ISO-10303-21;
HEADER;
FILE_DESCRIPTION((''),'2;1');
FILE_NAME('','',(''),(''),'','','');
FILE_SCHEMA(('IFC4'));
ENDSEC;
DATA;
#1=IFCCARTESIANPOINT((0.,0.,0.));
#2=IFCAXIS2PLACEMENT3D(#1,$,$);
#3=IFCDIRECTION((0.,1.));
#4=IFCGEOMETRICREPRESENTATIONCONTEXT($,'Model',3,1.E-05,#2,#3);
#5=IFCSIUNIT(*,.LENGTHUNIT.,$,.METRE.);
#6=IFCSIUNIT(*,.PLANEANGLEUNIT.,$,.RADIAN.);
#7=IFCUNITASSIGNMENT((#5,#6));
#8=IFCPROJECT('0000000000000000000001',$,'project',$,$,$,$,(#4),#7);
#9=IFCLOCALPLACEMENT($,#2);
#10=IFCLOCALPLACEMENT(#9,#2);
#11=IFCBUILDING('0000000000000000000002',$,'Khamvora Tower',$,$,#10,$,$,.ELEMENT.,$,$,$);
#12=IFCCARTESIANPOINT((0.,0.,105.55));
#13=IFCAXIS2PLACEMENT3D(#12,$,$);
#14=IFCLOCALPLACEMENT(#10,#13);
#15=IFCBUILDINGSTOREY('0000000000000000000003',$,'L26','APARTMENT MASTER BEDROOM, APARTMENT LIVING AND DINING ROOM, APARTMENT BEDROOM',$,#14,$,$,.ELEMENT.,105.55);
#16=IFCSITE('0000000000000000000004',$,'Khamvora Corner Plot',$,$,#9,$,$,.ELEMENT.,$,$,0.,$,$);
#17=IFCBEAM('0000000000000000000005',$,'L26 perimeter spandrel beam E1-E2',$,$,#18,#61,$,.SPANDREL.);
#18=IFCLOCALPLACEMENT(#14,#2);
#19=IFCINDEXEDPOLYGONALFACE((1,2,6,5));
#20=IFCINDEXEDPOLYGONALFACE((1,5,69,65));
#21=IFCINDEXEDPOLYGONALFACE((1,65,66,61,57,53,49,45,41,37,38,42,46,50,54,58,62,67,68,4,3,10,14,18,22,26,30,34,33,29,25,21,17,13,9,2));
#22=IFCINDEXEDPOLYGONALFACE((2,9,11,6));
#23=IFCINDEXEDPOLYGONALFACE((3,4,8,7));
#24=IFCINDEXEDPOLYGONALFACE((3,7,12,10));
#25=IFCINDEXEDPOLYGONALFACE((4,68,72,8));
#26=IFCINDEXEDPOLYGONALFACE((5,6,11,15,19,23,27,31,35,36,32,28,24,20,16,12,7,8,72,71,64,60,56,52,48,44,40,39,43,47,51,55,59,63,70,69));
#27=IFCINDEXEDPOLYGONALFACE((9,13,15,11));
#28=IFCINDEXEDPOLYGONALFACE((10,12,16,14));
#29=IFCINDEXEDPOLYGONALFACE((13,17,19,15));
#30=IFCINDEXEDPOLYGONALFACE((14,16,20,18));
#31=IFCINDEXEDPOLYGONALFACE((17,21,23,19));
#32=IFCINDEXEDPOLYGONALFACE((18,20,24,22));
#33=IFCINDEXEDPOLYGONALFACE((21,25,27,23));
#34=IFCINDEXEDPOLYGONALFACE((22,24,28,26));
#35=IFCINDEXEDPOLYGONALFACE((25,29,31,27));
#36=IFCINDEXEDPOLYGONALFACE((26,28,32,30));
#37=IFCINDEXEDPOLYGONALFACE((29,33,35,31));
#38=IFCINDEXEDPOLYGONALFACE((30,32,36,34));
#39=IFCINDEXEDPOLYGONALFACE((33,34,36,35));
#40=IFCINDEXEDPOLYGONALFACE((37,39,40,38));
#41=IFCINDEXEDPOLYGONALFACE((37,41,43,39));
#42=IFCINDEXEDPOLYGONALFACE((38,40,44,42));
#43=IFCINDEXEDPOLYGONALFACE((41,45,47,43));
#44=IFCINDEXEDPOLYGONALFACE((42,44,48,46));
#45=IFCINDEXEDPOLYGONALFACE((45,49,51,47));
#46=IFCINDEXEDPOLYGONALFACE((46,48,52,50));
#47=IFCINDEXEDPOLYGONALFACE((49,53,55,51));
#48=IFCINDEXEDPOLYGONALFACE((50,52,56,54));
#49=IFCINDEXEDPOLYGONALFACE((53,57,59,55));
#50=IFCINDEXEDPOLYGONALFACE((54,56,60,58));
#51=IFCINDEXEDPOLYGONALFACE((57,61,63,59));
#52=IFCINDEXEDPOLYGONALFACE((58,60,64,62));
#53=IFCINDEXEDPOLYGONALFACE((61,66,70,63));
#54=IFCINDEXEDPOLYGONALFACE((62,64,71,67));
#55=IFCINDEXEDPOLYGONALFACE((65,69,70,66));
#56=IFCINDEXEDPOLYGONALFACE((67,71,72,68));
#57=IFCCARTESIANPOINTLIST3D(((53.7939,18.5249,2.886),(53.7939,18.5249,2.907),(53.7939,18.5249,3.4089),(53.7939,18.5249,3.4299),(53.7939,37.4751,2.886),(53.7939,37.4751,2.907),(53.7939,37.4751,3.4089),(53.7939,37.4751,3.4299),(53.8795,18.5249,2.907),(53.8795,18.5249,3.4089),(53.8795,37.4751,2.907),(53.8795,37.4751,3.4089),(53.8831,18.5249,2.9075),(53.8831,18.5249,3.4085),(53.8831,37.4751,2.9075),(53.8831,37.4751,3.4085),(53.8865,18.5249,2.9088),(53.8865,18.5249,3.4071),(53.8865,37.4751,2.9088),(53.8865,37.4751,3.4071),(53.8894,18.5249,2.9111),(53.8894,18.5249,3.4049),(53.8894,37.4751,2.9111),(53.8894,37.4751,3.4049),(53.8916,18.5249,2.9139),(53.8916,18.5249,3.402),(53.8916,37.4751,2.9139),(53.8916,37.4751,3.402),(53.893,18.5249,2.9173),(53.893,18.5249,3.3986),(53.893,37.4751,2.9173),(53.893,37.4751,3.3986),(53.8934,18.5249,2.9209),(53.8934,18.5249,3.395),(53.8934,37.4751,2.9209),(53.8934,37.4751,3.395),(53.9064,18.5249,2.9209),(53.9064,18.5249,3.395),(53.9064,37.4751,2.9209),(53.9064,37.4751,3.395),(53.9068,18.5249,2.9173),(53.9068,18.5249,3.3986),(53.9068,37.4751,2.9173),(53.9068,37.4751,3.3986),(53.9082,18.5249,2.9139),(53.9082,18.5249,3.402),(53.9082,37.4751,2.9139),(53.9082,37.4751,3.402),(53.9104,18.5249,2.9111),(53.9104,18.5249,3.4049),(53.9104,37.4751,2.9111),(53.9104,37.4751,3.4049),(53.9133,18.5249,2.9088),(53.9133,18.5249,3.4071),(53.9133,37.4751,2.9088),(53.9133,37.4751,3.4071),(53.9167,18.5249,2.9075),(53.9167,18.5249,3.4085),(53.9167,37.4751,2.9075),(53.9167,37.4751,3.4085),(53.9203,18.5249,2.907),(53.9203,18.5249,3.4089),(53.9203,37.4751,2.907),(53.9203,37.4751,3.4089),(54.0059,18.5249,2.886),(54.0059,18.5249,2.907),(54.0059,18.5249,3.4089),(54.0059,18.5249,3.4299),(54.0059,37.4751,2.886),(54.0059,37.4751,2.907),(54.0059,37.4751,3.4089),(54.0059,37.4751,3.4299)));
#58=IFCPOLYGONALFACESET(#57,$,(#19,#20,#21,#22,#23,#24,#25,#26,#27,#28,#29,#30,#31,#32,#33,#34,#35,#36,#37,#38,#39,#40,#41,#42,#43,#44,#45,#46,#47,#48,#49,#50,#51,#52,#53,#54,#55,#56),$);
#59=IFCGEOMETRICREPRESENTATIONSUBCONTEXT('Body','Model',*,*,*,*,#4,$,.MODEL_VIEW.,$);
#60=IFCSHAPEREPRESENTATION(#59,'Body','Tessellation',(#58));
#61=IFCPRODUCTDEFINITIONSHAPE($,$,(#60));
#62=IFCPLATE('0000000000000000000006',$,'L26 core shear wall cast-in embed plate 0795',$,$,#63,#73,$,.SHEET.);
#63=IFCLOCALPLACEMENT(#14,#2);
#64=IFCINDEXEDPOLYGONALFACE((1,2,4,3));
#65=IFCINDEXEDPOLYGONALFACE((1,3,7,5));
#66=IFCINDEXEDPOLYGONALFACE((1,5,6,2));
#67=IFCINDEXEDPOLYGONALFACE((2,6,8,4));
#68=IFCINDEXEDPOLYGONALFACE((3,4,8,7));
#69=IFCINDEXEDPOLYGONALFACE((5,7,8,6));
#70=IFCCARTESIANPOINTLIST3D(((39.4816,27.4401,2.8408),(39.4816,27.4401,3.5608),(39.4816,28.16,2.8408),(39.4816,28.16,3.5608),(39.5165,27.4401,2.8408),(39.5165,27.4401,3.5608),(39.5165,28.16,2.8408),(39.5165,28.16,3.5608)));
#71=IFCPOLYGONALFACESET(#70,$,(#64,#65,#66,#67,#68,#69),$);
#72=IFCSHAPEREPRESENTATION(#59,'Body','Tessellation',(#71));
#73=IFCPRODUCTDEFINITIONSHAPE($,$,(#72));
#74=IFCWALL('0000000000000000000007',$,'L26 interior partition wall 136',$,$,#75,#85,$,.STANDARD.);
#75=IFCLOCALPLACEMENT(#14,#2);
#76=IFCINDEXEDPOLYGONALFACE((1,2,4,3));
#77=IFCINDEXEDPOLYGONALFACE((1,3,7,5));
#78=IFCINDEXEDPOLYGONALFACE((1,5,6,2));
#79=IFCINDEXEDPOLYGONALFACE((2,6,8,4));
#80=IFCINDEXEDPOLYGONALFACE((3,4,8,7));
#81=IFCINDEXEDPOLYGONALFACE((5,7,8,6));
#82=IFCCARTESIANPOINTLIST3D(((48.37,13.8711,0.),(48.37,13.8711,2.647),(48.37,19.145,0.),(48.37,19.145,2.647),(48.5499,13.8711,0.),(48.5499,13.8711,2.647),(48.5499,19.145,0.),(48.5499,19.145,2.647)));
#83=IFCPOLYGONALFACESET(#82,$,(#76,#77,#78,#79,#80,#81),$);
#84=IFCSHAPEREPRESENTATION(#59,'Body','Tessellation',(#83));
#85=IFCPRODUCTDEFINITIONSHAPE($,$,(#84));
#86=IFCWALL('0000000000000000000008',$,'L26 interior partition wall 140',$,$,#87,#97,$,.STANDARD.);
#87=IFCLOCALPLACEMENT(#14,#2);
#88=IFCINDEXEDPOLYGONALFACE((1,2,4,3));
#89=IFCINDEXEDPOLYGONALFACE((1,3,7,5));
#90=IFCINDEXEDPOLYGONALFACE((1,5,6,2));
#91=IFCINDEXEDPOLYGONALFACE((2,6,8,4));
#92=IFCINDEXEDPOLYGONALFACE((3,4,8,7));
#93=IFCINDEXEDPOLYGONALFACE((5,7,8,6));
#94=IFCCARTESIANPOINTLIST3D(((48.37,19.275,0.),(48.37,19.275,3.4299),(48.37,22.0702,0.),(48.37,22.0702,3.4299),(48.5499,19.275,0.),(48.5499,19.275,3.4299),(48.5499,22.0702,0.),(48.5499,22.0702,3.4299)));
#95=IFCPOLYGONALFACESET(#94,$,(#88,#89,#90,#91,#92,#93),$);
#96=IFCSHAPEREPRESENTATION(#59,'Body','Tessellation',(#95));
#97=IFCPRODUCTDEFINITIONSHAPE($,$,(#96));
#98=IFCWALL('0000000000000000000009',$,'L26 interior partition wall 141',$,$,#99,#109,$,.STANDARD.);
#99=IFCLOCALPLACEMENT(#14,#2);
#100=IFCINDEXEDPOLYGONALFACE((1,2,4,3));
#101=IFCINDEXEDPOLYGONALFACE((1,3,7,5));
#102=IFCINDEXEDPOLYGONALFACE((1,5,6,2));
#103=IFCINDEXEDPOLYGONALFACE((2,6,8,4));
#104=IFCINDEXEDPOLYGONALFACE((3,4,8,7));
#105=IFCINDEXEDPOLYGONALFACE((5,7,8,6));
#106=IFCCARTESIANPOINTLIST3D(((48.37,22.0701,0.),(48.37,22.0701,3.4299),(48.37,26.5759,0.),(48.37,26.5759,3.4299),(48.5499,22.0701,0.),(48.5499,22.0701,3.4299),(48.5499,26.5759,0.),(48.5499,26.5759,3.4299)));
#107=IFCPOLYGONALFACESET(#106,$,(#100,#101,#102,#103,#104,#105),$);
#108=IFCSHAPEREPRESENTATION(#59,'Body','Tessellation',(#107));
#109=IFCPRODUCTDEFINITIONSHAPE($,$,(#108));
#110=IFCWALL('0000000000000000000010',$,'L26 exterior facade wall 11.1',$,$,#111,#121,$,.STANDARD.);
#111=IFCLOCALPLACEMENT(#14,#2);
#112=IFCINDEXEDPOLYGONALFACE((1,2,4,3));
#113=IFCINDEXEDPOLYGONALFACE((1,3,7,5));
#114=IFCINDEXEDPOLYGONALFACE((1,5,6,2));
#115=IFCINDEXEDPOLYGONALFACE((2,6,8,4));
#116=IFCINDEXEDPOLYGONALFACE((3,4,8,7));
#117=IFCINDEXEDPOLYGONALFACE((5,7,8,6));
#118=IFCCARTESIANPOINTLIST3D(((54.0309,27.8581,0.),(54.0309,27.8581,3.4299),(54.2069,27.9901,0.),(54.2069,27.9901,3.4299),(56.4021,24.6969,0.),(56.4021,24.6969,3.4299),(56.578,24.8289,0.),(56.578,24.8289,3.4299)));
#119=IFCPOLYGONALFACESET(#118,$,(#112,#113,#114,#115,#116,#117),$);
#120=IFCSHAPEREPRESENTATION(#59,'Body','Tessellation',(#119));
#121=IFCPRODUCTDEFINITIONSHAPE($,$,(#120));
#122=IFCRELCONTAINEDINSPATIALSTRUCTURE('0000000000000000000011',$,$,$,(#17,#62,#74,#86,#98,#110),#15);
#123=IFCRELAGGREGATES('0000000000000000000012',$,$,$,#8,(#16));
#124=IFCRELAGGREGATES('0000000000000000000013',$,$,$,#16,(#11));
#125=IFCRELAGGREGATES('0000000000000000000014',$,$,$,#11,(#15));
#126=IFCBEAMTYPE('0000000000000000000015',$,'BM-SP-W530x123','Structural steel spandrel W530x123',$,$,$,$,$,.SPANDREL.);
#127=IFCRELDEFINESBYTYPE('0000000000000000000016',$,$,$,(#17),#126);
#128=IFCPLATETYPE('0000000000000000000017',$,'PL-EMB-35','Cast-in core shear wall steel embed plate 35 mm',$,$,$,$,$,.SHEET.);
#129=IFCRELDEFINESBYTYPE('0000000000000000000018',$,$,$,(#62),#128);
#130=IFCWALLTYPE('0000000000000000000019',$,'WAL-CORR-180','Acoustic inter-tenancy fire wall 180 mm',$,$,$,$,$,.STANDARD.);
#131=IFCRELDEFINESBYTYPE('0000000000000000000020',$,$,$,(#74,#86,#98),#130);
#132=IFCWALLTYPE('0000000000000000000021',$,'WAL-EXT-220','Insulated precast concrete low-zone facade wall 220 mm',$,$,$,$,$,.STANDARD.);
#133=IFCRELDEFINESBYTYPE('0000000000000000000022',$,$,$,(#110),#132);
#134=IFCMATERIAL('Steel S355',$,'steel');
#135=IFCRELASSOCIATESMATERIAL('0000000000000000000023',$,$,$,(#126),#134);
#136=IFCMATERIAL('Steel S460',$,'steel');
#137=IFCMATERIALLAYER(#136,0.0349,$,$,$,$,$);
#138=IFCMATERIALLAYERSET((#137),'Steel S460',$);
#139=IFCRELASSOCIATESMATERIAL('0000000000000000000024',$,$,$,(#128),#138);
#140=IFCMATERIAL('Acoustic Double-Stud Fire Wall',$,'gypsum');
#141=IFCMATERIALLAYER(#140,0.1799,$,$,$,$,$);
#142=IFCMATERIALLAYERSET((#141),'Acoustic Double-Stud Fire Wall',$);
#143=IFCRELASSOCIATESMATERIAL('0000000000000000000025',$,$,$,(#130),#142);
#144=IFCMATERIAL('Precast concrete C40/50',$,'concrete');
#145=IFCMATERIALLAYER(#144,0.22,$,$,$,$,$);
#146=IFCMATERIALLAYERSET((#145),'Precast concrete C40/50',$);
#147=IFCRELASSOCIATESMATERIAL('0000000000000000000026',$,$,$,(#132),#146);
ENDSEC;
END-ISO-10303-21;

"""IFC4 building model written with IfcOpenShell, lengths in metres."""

from ifc_helpers import new_model, si_unit, direction, frame, frame_2d, origin, origin_2d, place, context, subcontext, project, spatial, rectangle, i_section, extrude, material, layer, layer_set, material_profile, profile_set, type_object, element, save


model = new_model("IFC4")

# Units and contexts
model_context = context("Model", 3, precision=1e-05, world=origin(), true_north=direction((0.0, 1.0)))
body_context = subcontext(model_context, "Body", "Model", "MODEL_VIEW")
ifc_project = project(units=[si_unit("LENGTHUNIT", "METRE"), si_unit("PLANEANGLEUNIT", "RADIAN")], contexts=[model_context])

# Site, building, storey
site_placement = place(None, origin())
site = spatial("IfcSite", under=ifc_project, at=site_placement, Name="Khamvora Corner Plot", CompositionType="ELEMENT", RefElevation=0.0)
building_placement = place(site_placement, origin())
building = spatial("IfcBuilding", under=site, at=building_placement, Name="Khamvora Tower", CompositionType="ELEMENT")
storey_placement = place(building_placement, frame((0.0, 0.0, 105.55)))
storey = spatial("IfcBuildingStorey", under=building, at=storey_placement, Name="L26", Description="APARTMENT MASTER BEDROOM, APARTMENT LIVING AND DINING ROOM, APARTMENT BEDROOM", CompositionType="ELEMENT", Elevation=105.55)

# Shared definitions
ifc_material_1 = material(Name="Steel S355", Category="steel")

# Beam
ifc_material_profile_1 = material_profile(ifc_material_1, i_section(OverallWidth=0.2119, OverallDepth=0.5439, WebThickness=0.0129, FlangeThickness=0.021, FilletRadius=0.0139, at=origin_2d()), Name="W530x123")
ifc_profile_set_1 = profile_set([ifc_material_profile_1], Name="Steel S355")
beam_type_1 = type_object("IfcBeamType", Name="BM-SP-W530x123", Description="Structural steel spandrel W530x123", PredefinedType="SPANDREL", material=ifc_profile_set_1)
beam_1_placement = place(storey_placement, frame((53.8999, 18.5249, 3.158), z_axis=(0.0, 1.0, 0.0), x_axis=(-1.0, 0.0, 0.0)))
element("IfcBeam", 1, at=beam_1_placement, inside=storey, type_object=beam_type_1, Name="L26 perimeter spandrel beam E1-E2", PredefinedType="SPANDREL", context=body_context, shape_type="SweptSolid", body=[
    extrude(i_section(OverallWidth=0.2119, OverallDepth=0.5439, WebThickness=0.0129, FlangeThickness=0.021, FilletRadius=0.0139, at=origin_2d()), origin(), (0.0, 0.0, 1.0), 18.9502),
])

# Plate
ifc_material_2 = material(Name="Steel S460", Category="steel")
ifc_layer_1 = layer(ifc_material_2, 0.0349)
ifc_layer_set_1 = layer_set([ifc_layer_1], Name="Steel S460")
plate_type = type_object("IfcPlateType", Name="PL-EMB-35", Description="Cast-in core shear wall steel embed plate 35 mm", PredefinedType="SHEET", material=ifc_layer_set_1)
plate_placement = place(storey_placement, frame((39.499, 27.8, 2.8408), z_axis=(0.0, 0.0, 1.0), x_axis=(1.0, 0.0, 0.0)))
element("IfcPlate", 2, at=plate_placement, inside=storey, type_object=plate_type, Name="L26 core shear wall cast-in embed plate 0795", PredefinedType="SHEET", context=body_context, shape_type="SweptSolid", body=[
    extrude(rectangle(XDim=0.0349, YDim=0.72, at=origin_2d()), origin(), (0.0, 0.0, 1.0), 0.72),
])

# Walls
ifc_material_3 = material(Name="Acoustic Double-Stud Fire Wall", Category="gypsum")
ifc_layer_2 = layer(ifc_material_3, 0.1799)
ifc_layer_set_2 = layer_set([ifc_layer_2], Name="Acoustic Double-Stud Fire Wall")
wall_type_1 = type_object("IfcWallType", Name="WAL-CORR-180", Description="Acoustic inter-tenancy fire wall 180 mm", PredefinedType="STANDARD", material=ifc_layer_set_2)
wall_1_placement = place(storey_placement, frame((48.46, 19.145, 0.0), z_axis=(0.0, 0.0, 1.0), x_axis=(0.0, -1.0, 0.0)))
element("IfcWall", 3, at=wall_1_placement, inside=storey, type_object=wall_type_1, Name="L26 interior partition wall 136", PredefinedType="STANDARD", context=body_context, shape_type="SweptSolid", body=[
    extrude(rectangle(XDim=5.2739, YDim=0.1799, at=frame_2d((2.637, 0.0))), origin(), (0.0, 0.0, 1.0), 2.647),
])
wall_2_placement = place(storey_placement, frame((48.46, 22.0701, 0.0), z_axis=(0.0, 0.0, 1.0), x_axis=(0.0, -1.0, 0.0)))
element("IfcWall", 4, at=wall_2_placement, inside=storey, type_object=wall_type_1, Name="L26 interior partition wall 140", PredefinedType="STANDARD", context=body_context, shape_type="SweptSolid", body=[
    extrude(rectangle(XDim=2.7952, YDim=0.1799, at=frame_2d((1.3975, 0.0))), origin(), (0.0, 0.0, 1.0), 3.4299),
])
wall_3_placement = place(storey_placement, frame((48.46, 26.5759, 0.0), z_axis=(0.0, 0.0, 1.0), x_axis=(0.0, -1.0, 0.0)))
element("IfcWall", 5, at=wall_3_placement, inside=storey, type_object=wall_type_1, Name="L26 interior partition wall 141", PredefinedType="STANDARD", context=body_context, shape_type="SweptSolid", body=[
    extrude(rectangle(XDim=4.5059, YDim=0.1799, at=frame_2d((2.2529, 0.0))), origin(), (0.0, 0.0, 1.0), 3.4299),
])
ifc_material_4 = material(Name="Precast concrete C40/50", Category="concrete")
ifc_layer_3 = layer(ifc_material_4, 0.22)
ifc_layer_set_3 = layer_set([ifc_layer_3], Name="Precast concrete C40/50")
wall_type_2 = type_object("IfcWallType", Name="WAL-EXT-220", Description="Insulated precast concrete low-zone facade wall 220 mm", PredefinedType="STANDARD", material=ifc_layer_set_3)
wall_4_placement = place(storey_placement, frame((54.1189, 27.9241, 0.0), z_axis=(0.0, 0.0, 1.0), x_axis=(0.60004, -0.79997, 0.0)))
element("IfcWall", 6, at=wall_4_placement, inside=storey, type_object=wall_type_2, Name="L26 exterior facade wall 11.1", PredefinedType="STANDARD", context=body_context, shape_type="SweptSolid", body=[
    extrude(rectangle(XDim=3.9517, YDim=0.22, at=frame_2d((1.9758, 0.0))), origin(), (0.0, 0.0, 1.0), 3.4299),
])

save(model, "model.ifc")
